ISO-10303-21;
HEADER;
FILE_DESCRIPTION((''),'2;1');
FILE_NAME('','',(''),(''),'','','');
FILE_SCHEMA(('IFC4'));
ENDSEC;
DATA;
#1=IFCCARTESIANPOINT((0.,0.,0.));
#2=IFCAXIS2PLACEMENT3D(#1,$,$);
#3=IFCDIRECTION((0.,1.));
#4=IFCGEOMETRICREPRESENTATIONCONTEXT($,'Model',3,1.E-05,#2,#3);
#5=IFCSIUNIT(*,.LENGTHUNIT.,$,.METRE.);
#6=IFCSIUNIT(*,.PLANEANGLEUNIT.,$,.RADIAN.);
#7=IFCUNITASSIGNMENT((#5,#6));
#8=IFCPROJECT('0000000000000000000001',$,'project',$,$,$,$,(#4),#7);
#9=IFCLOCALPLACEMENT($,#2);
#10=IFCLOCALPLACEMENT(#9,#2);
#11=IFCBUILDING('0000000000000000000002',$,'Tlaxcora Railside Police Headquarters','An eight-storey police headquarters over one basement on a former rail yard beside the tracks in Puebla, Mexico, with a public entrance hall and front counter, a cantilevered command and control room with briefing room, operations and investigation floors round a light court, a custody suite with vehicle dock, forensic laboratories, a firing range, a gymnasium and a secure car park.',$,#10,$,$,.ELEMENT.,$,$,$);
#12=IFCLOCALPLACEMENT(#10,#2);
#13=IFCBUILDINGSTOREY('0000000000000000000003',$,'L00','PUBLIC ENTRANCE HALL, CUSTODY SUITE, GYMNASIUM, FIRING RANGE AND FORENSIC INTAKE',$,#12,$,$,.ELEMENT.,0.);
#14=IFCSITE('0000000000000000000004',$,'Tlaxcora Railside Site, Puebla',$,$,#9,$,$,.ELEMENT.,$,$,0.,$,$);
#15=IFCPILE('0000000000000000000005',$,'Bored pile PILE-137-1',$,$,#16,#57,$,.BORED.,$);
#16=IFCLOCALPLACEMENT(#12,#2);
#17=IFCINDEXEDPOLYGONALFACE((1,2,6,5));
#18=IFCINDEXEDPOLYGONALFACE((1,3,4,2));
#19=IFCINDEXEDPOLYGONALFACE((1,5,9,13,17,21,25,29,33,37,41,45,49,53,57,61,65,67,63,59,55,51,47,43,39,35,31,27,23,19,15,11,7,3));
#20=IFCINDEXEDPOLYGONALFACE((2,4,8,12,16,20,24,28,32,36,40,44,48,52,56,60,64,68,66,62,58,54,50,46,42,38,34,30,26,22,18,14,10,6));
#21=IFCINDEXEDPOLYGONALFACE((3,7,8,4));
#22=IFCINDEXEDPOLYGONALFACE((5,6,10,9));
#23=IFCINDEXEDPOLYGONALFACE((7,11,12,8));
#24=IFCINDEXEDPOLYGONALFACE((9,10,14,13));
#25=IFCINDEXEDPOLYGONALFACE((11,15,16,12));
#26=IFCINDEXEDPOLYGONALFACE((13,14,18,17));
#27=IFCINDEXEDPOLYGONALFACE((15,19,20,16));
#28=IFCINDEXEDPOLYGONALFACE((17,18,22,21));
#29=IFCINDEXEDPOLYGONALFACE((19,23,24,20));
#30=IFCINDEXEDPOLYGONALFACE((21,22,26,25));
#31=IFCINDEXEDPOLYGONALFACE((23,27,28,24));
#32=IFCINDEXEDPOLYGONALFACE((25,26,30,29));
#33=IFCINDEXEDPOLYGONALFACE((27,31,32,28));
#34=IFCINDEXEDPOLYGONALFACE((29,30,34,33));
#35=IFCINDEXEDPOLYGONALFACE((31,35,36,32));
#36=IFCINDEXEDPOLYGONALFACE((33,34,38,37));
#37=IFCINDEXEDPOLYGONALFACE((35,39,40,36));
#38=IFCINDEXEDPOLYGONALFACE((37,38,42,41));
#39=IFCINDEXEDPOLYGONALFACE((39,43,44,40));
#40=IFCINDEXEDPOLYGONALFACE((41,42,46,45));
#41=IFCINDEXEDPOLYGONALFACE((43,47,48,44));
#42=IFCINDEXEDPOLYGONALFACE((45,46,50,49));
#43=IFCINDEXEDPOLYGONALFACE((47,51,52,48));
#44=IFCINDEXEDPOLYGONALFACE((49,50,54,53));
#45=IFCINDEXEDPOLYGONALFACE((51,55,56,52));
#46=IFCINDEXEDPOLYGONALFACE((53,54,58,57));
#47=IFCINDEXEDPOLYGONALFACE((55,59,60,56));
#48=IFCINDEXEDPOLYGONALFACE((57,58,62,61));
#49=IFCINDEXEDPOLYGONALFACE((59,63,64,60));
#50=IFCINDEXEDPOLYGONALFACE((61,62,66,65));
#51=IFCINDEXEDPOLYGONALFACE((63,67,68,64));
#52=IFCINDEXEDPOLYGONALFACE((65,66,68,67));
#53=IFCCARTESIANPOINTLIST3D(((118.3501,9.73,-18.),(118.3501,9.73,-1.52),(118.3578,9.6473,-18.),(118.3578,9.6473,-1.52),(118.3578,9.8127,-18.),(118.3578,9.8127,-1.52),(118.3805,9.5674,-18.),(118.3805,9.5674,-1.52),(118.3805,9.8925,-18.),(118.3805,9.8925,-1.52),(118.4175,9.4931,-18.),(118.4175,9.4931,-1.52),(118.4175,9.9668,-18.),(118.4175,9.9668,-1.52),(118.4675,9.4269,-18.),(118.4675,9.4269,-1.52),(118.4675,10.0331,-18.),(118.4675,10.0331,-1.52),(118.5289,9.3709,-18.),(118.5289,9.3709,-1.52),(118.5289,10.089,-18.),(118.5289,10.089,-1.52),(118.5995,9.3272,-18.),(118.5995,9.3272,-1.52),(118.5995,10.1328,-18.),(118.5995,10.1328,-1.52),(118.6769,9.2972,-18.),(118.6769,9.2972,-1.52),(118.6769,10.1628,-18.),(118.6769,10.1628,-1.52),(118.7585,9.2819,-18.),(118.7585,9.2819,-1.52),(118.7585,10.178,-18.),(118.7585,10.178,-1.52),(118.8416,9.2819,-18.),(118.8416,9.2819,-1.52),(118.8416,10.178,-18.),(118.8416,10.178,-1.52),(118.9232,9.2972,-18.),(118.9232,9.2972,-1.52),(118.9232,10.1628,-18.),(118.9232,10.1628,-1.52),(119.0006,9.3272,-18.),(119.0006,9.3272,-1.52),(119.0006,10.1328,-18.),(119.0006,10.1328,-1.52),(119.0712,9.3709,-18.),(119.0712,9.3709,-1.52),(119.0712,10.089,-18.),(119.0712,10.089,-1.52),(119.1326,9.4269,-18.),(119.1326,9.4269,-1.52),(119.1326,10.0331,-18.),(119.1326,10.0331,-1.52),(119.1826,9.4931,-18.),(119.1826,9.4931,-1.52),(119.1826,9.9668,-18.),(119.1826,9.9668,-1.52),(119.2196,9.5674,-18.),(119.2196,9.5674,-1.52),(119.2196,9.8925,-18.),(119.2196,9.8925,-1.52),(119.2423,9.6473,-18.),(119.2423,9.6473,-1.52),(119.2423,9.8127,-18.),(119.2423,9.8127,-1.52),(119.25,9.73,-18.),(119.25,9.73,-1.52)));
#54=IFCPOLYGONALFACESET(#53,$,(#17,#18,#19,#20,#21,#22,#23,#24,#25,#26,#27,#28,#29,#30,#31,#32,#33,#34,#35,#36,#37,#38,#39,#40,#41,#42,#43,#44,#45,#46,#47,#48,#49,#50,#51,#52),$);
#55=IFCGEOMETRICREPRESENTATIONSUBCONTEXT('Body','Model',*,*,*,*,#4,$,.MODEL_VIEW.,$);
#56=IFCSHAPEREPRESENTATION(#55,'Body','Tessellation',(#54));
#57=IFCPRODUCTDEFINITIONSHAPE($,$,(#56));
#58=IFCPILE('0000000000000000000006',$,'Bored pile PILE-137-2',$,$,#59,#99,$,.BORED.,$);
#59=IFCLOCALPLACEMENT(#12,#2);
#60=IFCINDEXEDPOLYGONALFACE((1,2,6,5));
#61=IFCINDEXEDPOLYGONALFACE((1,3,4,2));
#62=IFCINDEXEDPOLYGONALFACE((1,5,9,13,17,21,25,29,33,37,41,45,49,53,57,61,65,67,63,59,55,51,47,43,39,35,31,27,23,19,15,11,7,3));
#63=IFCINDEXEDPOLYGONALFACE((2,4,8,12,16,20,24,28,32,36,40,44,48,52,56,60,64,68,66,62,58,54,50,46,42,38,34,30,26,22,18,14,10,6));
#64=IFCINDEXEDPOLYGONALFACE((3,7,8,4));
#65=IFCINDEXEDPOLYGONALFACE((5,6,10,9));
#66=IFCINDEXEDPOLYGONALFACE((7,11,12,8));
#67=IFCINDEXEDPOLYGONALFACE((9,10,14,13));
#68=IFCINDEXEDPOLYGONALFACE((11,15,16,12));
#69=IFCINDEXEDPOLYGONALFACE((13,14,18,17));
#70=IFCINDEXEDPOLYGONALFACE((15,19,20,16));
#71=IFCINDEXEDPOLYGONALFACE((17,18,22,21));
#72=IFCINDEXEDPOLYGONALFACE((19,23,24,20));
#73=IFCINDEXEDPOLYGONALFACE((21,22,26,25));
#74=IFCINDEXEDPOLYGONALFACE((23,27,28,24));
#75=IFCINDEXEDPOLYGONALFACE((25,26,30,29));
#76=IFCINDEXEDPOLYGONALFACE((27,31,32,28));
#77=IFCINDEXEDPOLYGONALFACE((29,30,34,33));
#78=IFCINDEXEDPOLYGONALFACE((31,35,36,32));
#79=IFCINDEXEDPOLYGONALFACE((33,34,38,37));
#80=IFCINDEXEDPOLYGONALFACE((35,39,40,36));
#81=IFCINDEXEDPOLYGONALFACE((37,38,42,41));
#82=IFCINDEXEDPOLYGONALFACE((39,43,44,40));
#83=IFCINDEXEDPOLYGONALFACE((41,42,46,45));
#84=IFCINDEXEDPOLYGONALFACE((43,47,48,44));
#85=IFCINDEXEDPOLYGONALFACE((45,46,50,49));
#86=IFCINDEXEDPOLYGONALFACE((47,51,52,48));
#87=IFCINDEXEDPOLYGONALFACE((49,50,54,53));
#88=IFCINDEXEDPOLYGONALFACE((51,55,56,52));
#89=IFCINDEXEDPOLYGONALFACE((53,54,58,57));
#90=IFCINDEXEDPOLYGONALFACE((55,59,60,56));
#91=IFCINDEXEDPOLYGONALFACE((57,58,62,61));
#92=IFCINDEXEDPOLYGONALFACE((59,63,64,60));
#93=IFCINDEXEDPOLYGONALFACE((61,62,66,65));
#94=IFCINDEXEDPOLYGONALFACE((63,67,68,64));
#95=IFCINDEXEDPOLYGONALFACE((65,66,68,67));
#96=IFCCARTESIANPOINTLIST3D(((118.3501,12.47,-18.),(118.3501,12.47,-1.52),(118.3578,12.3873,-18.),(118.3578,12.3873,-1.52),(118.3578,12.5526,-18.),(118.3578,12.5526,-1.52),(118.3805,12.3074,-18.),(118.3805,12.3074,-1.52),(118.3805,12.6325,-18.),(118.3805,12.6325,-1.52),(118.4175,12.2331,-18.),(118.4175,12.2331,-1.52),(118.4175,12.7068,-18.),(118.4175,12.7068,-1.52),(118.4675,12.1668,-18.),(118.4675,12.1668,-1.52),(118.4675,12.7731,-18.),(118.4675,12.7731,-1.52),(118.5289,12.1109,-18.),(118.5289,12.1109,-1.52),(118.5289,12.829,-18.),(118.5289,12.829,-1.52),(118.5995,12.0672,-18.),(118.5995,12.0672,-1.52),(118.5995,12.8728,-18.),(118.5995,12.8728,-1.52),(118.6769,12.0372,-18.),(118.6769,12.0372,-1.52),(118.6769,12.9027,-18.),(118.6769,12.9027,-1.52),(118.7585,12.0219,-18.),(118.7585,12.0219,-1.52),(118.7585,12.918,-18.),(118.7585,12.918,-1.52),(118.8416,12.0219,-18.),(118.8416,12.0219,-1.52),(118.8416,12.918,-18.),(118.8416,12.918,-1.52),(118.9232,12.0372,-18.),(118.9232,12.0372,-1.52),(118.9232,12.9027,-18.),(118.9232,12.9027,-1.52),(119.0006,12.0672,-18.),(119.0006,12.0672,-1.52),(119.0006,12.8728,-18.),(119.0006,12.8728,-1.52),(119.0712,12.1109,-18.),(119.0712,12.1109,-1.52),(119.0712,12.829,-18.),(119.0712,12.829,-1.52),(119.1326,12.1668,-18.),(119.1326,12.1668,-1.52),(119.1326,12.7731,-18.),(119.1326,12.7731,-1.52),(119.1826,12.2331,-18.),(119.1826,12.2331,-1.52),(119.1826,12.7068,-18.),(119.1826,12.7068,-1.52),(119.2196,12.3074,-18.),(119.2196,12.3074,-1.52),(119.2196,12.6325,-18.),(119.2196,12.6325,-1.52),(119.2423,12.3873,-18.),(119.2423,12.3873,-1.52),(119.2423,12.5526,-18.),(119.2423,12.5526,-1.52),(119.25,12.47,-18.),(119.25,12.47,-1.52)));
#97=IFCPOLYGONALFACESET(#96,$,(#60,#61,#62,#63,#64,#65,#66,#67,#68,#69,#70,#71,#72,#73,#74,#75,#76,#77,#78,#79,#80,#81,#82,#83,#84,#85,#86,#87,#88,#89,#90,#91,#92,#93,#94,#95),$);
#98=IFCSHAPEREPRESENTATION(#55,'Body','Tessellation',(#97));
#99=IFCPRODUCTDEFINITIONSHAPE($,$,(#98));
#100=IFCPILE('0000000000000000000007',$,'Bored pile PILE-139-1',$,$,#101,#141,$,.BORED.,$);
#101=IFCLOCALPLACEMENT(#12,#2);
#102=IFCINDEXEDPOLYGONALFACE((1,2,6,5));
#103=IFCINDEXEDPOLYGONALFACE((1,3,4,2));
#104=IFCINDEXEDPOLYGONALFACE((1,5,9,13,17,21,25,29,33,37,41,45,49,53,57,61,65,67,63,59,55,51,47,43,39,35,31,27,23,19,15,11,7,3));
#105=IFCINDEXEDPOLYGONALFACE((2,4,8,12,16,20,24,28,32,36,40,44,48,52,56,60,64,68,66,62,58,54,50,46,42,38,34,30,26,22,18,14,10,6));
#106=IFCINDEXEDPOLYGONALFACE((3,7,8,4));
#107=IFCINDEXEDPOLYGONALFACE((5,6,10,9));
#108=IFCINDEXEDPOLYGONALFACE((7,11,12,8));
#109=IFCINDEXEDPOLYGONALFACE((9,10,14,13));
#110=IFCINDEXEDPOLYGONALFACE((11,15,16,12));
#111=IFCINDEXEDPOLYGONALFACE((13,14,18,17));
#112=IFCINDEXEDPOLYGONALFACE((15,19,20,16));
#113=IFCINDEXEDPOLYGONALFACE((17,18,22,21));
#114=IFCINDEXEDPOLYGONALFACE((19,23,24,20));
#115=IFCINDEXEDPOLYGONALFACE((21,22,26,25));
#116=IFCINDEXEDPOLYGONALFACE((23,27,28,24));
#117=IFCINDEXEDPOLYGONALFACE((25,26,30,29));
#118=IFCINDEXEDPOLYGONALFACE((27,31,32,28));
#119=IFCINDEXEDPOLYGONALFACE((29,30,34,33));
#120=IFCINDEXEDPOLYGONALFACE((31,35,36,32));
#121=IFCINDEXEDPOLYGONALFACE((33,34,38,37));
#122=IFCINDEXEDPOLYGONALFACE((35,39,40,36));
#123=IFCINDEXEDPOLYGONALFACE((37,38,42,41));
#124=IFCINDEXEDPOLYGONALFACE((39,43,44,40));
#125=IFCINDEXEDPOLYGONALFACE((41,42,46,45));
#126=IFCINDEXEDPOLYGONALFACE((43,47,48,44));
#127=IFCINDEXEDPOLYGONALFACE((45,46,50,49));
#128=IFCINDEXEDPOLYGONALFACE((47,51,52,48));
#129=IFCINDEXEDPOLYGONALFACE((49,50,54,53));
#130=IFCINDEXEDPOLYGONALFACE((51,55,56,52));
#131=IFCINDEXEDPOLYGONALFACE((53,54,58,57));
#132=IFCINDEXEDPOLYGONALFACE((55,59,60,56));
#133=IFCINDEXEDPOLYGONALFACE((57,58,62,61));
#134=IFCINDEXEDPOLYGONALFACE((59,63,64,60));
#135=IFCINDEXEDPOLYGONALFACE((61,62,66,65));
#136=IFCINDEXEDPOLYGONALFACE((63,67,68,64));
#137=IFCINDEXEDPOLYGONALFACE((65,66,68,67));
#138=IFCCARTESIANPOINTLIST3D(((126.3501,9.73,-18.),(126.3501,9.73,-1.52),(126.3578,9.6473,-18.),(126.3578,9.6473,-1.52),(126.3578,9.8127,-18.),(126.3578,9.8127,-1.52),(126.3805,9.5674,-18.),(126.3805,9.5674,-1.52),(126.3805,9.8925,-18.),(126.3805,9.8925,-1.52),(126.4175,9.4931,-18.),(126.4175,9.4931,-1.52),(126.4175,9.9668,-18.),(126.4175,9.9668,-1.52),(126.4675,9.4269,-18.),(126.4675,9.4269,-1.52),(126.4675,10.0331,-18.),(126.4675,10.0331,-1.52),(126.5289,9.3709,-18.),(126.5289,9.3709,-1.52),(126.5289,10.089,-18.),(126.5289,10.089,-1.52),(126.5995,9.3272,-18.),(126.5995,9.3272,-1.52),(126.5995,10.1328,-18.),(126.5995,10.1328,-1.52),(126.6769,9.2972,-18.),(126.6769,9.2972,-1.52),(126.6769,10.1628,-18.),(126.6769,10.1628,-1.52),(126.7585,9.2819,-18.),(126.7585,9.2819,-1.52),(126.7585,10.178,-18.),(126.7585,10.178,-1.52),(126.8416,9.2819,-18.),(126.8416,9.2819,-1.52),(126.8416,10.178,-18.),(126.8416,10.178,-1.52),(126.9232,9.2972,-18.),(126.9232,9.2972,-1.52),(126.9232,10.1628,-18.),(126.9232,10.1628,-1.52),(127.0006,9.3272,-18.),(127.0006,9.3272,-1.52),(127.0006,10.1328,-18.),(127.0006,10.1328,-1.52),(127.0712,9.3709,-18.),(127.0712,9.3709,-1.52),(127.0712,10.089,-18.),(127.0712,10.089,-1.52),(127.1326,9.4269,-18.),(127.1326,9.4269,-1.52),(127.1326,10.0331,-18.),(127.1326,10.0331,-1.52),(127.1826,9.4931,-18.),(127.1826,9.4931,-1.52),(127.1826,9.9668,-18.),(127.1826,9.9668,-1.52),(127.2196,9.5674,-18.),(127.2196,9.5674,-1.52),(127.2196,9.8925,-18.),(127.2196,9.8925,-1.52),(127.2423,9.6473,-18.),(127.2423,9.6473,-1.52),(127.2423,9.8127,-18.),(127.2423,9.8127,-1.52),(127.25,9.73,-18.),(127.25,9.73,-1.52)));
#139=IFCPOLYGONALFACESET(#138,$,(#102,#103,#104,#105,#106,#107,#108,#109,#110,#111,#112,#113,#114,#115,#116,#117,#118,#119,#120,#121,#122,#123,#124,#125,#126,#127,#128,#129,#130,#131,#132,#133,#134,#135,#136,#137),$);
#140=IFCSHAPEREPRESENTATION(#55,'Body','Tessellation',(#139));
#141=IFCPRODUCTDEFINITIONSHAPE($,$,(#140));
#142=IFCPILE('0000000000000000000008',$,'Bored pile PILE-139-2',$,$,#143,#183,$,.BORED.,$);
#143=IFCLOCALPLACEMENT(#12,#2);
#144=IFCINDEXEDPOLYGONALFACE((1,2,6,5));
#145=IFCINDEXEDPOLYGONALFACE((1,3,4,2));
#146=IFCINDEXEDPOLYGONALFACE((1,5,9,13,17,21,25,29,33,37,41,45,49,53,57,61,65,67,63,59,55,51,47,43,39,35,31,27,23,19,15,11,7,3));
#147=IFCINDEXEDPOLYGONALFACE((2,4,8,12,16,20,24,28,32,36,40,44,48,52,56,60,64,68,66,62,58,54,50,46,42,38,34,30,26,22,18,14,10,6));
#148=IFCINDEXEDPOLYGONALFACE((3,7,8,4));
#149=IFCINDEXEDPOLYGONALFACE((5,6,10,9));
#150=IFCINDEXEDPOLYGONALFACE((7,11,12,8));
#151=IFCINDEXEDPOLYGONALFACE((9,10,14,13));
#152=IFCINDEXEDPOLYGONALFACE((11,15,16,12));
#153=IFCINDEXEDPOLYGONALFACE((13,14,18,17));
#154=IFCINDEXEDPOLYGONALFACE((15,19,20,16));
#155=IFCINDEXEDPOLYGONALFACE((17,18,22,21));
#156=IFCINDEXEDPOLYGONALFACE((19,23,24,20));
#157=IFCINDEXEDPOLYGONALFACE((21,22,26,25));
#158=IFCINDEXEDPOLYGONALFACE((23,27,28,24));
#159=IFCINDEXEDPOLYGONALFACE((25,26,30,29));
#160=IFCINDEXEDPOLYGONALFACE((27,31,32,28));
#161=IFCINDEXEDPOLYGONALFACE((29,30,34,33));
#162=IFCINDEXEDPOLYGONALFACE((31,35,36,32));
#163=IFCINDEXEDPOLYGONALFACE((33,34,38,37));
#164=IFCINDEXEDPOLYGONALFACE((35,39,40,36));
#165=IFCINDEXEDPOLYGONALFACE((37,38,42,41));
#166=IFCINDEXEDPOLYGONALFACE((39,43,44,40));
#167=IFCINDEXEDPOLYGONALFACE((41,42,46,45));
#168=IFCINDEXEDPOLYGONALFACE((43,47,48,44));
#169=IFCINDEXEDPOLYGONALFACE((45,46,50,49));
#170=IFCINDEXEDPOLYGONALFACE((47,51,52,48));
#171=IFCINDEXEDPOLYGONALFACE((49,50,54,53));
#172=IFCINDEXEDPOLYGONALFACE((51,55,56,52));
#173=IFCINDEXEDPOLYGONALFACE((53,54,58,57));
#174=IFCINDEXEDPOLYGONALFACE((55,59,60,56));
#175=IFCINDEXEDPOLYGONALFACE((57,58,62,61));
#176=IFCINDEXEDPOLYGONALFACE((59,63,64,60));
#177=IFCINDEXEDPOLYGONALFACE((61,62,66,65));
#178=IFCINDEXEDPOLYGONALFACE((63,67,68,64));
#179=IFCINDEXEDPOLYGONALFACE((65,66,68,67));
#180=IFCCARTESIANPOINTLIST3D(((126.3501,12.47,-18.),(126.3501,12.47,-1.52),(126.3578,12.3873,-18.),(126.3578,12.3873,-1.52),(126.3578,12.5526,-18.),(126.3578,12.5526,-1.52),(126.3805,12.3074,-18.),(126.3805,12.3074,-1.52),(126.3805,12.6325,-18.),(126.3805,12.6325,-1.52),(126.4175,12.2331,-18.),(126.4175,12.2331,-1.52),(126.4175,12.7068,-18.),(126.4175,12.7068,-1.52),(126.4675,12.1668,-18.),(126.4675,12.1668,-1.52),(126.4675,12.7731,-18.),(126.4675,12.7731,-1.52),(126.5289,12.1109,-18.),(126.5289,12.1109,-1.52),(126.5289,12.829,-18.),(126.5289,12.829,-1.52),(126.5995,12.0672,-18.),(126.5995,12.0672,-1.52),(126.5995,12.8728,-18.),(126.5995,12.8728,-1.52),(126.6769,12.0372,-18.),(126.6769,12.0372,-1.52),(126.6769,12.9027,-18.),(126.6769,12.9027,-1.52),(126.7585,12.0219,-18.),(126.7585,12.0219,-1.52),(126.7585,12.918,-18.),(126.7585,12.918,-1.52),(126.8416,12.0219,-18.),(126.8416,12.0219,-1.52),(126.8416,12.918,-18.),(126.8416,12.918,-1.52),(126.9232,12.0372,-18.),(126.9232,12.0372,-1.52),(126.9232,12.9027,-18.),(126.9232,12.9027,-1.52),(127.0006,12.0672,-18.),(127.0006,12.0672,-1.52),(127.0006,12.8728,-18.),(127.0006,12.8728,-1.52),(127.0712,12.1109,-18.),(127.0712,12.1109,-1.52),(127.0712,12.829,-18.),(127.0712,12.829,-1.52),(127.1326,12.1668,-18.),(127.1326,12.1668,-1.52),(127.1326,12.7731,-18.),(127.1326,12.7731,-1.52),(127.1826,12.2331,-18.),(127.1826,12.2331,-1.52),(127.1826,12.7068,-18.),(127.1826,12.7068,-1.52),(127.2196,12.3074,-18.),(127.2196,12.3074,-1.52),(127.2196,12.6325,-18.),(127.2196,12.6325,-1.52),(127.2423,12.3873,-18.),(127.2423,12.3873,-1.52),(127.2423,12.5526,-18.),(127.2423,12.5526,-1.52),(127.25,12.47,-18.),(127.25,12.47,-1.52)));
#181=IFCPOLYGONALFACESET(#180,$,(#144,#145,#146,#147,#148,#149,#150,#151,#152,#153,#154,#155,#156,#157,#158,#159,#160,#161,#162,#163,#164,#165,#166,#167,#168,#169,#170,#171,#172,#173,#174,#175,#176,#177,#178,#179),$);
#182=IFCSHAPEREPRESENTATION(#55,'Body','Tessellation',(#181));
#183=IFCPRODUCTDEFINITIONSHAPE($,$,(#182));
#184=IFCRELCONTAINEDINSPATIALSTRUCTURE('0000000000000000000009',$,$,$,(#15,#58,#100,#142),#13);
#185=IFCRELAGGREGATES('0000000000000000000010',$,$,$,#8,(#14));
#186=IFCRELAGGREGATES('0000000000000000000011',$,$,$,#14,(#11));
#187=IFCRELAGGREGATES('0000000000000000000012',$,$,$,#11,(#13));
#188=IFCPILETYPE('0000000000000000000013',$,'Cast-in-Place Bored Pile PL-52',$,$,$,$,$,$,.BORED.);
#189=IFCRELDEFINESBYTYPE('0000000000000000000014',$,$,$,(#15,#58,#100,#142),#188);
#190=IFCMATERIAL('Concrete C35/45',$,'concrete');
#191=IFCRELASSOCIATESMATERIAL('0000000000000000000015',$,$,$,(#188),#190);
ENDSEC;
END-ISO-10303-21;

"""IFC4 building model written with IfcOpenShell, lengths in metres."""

from ifc_helpers import new_model, si_unit, direction, frame, origin, origin_2d, place, context, subcontext, project, spatial, circle, extrude, material, material_profile, profile_set, type_object, element, save


model = new_model("IFC4")

# Units and contexts
model_context = context("Model", 3, precision=1e-05, world=origin(), true_north=direction((0.0, 1.0)))
body_context = subcontext(model_context, "Body", "Model", "MODEL_VIEW")
ifc_project = project(units=[si_unit("LENGTHUNIT", "METRE"), si_unit("PLANEANGLEUNIT", "RADIAN")], contexts=[model_context])

# Site, building, storey
site_placement = place(None, origin())
site = spatial("IfcSite", under=ifc_project, at=site_placement, Name="Tlaxcora Railside Site, Puebla", CompositionType="ELEMENT", RefElevation=0.0)
building_placement = place(site_placement, origin())
building = spatial("IfcBuilding", under=site, at=building_placement, Name="Tlaxcora Railside Police Headquarters", Description="An eight-storey police headquarters over one basement on a former rail yard beside the tracks in Puebla, Mexico, with a public entrance hall and front counter, a cantilevered command and control room with briefing room, operations and investigation floors round a light court, a custody suite with vehicle dock, forensic laboratories, a firing range, a gymnasium and a secure car park.", CompositionType="ELEMENT")
storey_placement = place(building_placement, origin())
storey = spatial("IfcBuildingStorey", under=building, at=storey_placement, Name="L00", Description="PUBLIC ENTRANCE HALL, CUSTODY SUITE, GYMNASIUM, FIRING RANGE AND FORENSIC INTAKE", CompositionType="ELEMENT", Elevation=0.0)

# Piles
ifc_material_1 = material(Name="Concrete C35/45", Category="concrete")
ifc_material_profile_1 = material_profile(ifc_material_1, circle(Radius=0.45, at=origin_2d()), Name="PILE900")
ifc_profile_set_1 = profile_set([ifc_material_profile_1], Name="Concrete C35/45")
pile_type_1 = type_object("IfcPileType", Name="Cast-in-Place Bored Pile PL-52", PredefinedType="BORED", material=ifc_profile_set_1)
for number, where, z_axis, x_axis, name in (
    (1, (118.8, 9.73, -1.52), (0.0, 0.0, -1.0), (1.0, 0.0, 0.0), "Bored pile PILE-137-1"),
    (2, (118.8, 12.47, -1.52), (0.0, 0.0, -1.0), (1.0, 0.0, 0.0), "Bored pile PILE-137-2"),
    (3, (126.8, 9.73, -1.52), (0.0, 0.0, -1.0), (1.0, 0.0, 0.0), "Bored pile PILE-139-1"),
    (4, (126.8, 12.47, -1.52), (0.0, 0.0, -1.0), (1.0, 0.0, 0.0), "Bored pile PILE-139-2"),
):
    element("IfcPile", number, at=place(storey_placement, frame(where, z_axis=z_axis, x_axis=x_axis)), inside=storey, type_object=pile_type_1, Name=name, PredefinedType="BORED", context=body_context, shape_type="SweptSolid", body=[
        extrude(circle(Radius=0.45, at=origin_2d()), origin(), (0.0, 0.0, 1.0), 16.48),
    ])

save(model, "model.ifc")
